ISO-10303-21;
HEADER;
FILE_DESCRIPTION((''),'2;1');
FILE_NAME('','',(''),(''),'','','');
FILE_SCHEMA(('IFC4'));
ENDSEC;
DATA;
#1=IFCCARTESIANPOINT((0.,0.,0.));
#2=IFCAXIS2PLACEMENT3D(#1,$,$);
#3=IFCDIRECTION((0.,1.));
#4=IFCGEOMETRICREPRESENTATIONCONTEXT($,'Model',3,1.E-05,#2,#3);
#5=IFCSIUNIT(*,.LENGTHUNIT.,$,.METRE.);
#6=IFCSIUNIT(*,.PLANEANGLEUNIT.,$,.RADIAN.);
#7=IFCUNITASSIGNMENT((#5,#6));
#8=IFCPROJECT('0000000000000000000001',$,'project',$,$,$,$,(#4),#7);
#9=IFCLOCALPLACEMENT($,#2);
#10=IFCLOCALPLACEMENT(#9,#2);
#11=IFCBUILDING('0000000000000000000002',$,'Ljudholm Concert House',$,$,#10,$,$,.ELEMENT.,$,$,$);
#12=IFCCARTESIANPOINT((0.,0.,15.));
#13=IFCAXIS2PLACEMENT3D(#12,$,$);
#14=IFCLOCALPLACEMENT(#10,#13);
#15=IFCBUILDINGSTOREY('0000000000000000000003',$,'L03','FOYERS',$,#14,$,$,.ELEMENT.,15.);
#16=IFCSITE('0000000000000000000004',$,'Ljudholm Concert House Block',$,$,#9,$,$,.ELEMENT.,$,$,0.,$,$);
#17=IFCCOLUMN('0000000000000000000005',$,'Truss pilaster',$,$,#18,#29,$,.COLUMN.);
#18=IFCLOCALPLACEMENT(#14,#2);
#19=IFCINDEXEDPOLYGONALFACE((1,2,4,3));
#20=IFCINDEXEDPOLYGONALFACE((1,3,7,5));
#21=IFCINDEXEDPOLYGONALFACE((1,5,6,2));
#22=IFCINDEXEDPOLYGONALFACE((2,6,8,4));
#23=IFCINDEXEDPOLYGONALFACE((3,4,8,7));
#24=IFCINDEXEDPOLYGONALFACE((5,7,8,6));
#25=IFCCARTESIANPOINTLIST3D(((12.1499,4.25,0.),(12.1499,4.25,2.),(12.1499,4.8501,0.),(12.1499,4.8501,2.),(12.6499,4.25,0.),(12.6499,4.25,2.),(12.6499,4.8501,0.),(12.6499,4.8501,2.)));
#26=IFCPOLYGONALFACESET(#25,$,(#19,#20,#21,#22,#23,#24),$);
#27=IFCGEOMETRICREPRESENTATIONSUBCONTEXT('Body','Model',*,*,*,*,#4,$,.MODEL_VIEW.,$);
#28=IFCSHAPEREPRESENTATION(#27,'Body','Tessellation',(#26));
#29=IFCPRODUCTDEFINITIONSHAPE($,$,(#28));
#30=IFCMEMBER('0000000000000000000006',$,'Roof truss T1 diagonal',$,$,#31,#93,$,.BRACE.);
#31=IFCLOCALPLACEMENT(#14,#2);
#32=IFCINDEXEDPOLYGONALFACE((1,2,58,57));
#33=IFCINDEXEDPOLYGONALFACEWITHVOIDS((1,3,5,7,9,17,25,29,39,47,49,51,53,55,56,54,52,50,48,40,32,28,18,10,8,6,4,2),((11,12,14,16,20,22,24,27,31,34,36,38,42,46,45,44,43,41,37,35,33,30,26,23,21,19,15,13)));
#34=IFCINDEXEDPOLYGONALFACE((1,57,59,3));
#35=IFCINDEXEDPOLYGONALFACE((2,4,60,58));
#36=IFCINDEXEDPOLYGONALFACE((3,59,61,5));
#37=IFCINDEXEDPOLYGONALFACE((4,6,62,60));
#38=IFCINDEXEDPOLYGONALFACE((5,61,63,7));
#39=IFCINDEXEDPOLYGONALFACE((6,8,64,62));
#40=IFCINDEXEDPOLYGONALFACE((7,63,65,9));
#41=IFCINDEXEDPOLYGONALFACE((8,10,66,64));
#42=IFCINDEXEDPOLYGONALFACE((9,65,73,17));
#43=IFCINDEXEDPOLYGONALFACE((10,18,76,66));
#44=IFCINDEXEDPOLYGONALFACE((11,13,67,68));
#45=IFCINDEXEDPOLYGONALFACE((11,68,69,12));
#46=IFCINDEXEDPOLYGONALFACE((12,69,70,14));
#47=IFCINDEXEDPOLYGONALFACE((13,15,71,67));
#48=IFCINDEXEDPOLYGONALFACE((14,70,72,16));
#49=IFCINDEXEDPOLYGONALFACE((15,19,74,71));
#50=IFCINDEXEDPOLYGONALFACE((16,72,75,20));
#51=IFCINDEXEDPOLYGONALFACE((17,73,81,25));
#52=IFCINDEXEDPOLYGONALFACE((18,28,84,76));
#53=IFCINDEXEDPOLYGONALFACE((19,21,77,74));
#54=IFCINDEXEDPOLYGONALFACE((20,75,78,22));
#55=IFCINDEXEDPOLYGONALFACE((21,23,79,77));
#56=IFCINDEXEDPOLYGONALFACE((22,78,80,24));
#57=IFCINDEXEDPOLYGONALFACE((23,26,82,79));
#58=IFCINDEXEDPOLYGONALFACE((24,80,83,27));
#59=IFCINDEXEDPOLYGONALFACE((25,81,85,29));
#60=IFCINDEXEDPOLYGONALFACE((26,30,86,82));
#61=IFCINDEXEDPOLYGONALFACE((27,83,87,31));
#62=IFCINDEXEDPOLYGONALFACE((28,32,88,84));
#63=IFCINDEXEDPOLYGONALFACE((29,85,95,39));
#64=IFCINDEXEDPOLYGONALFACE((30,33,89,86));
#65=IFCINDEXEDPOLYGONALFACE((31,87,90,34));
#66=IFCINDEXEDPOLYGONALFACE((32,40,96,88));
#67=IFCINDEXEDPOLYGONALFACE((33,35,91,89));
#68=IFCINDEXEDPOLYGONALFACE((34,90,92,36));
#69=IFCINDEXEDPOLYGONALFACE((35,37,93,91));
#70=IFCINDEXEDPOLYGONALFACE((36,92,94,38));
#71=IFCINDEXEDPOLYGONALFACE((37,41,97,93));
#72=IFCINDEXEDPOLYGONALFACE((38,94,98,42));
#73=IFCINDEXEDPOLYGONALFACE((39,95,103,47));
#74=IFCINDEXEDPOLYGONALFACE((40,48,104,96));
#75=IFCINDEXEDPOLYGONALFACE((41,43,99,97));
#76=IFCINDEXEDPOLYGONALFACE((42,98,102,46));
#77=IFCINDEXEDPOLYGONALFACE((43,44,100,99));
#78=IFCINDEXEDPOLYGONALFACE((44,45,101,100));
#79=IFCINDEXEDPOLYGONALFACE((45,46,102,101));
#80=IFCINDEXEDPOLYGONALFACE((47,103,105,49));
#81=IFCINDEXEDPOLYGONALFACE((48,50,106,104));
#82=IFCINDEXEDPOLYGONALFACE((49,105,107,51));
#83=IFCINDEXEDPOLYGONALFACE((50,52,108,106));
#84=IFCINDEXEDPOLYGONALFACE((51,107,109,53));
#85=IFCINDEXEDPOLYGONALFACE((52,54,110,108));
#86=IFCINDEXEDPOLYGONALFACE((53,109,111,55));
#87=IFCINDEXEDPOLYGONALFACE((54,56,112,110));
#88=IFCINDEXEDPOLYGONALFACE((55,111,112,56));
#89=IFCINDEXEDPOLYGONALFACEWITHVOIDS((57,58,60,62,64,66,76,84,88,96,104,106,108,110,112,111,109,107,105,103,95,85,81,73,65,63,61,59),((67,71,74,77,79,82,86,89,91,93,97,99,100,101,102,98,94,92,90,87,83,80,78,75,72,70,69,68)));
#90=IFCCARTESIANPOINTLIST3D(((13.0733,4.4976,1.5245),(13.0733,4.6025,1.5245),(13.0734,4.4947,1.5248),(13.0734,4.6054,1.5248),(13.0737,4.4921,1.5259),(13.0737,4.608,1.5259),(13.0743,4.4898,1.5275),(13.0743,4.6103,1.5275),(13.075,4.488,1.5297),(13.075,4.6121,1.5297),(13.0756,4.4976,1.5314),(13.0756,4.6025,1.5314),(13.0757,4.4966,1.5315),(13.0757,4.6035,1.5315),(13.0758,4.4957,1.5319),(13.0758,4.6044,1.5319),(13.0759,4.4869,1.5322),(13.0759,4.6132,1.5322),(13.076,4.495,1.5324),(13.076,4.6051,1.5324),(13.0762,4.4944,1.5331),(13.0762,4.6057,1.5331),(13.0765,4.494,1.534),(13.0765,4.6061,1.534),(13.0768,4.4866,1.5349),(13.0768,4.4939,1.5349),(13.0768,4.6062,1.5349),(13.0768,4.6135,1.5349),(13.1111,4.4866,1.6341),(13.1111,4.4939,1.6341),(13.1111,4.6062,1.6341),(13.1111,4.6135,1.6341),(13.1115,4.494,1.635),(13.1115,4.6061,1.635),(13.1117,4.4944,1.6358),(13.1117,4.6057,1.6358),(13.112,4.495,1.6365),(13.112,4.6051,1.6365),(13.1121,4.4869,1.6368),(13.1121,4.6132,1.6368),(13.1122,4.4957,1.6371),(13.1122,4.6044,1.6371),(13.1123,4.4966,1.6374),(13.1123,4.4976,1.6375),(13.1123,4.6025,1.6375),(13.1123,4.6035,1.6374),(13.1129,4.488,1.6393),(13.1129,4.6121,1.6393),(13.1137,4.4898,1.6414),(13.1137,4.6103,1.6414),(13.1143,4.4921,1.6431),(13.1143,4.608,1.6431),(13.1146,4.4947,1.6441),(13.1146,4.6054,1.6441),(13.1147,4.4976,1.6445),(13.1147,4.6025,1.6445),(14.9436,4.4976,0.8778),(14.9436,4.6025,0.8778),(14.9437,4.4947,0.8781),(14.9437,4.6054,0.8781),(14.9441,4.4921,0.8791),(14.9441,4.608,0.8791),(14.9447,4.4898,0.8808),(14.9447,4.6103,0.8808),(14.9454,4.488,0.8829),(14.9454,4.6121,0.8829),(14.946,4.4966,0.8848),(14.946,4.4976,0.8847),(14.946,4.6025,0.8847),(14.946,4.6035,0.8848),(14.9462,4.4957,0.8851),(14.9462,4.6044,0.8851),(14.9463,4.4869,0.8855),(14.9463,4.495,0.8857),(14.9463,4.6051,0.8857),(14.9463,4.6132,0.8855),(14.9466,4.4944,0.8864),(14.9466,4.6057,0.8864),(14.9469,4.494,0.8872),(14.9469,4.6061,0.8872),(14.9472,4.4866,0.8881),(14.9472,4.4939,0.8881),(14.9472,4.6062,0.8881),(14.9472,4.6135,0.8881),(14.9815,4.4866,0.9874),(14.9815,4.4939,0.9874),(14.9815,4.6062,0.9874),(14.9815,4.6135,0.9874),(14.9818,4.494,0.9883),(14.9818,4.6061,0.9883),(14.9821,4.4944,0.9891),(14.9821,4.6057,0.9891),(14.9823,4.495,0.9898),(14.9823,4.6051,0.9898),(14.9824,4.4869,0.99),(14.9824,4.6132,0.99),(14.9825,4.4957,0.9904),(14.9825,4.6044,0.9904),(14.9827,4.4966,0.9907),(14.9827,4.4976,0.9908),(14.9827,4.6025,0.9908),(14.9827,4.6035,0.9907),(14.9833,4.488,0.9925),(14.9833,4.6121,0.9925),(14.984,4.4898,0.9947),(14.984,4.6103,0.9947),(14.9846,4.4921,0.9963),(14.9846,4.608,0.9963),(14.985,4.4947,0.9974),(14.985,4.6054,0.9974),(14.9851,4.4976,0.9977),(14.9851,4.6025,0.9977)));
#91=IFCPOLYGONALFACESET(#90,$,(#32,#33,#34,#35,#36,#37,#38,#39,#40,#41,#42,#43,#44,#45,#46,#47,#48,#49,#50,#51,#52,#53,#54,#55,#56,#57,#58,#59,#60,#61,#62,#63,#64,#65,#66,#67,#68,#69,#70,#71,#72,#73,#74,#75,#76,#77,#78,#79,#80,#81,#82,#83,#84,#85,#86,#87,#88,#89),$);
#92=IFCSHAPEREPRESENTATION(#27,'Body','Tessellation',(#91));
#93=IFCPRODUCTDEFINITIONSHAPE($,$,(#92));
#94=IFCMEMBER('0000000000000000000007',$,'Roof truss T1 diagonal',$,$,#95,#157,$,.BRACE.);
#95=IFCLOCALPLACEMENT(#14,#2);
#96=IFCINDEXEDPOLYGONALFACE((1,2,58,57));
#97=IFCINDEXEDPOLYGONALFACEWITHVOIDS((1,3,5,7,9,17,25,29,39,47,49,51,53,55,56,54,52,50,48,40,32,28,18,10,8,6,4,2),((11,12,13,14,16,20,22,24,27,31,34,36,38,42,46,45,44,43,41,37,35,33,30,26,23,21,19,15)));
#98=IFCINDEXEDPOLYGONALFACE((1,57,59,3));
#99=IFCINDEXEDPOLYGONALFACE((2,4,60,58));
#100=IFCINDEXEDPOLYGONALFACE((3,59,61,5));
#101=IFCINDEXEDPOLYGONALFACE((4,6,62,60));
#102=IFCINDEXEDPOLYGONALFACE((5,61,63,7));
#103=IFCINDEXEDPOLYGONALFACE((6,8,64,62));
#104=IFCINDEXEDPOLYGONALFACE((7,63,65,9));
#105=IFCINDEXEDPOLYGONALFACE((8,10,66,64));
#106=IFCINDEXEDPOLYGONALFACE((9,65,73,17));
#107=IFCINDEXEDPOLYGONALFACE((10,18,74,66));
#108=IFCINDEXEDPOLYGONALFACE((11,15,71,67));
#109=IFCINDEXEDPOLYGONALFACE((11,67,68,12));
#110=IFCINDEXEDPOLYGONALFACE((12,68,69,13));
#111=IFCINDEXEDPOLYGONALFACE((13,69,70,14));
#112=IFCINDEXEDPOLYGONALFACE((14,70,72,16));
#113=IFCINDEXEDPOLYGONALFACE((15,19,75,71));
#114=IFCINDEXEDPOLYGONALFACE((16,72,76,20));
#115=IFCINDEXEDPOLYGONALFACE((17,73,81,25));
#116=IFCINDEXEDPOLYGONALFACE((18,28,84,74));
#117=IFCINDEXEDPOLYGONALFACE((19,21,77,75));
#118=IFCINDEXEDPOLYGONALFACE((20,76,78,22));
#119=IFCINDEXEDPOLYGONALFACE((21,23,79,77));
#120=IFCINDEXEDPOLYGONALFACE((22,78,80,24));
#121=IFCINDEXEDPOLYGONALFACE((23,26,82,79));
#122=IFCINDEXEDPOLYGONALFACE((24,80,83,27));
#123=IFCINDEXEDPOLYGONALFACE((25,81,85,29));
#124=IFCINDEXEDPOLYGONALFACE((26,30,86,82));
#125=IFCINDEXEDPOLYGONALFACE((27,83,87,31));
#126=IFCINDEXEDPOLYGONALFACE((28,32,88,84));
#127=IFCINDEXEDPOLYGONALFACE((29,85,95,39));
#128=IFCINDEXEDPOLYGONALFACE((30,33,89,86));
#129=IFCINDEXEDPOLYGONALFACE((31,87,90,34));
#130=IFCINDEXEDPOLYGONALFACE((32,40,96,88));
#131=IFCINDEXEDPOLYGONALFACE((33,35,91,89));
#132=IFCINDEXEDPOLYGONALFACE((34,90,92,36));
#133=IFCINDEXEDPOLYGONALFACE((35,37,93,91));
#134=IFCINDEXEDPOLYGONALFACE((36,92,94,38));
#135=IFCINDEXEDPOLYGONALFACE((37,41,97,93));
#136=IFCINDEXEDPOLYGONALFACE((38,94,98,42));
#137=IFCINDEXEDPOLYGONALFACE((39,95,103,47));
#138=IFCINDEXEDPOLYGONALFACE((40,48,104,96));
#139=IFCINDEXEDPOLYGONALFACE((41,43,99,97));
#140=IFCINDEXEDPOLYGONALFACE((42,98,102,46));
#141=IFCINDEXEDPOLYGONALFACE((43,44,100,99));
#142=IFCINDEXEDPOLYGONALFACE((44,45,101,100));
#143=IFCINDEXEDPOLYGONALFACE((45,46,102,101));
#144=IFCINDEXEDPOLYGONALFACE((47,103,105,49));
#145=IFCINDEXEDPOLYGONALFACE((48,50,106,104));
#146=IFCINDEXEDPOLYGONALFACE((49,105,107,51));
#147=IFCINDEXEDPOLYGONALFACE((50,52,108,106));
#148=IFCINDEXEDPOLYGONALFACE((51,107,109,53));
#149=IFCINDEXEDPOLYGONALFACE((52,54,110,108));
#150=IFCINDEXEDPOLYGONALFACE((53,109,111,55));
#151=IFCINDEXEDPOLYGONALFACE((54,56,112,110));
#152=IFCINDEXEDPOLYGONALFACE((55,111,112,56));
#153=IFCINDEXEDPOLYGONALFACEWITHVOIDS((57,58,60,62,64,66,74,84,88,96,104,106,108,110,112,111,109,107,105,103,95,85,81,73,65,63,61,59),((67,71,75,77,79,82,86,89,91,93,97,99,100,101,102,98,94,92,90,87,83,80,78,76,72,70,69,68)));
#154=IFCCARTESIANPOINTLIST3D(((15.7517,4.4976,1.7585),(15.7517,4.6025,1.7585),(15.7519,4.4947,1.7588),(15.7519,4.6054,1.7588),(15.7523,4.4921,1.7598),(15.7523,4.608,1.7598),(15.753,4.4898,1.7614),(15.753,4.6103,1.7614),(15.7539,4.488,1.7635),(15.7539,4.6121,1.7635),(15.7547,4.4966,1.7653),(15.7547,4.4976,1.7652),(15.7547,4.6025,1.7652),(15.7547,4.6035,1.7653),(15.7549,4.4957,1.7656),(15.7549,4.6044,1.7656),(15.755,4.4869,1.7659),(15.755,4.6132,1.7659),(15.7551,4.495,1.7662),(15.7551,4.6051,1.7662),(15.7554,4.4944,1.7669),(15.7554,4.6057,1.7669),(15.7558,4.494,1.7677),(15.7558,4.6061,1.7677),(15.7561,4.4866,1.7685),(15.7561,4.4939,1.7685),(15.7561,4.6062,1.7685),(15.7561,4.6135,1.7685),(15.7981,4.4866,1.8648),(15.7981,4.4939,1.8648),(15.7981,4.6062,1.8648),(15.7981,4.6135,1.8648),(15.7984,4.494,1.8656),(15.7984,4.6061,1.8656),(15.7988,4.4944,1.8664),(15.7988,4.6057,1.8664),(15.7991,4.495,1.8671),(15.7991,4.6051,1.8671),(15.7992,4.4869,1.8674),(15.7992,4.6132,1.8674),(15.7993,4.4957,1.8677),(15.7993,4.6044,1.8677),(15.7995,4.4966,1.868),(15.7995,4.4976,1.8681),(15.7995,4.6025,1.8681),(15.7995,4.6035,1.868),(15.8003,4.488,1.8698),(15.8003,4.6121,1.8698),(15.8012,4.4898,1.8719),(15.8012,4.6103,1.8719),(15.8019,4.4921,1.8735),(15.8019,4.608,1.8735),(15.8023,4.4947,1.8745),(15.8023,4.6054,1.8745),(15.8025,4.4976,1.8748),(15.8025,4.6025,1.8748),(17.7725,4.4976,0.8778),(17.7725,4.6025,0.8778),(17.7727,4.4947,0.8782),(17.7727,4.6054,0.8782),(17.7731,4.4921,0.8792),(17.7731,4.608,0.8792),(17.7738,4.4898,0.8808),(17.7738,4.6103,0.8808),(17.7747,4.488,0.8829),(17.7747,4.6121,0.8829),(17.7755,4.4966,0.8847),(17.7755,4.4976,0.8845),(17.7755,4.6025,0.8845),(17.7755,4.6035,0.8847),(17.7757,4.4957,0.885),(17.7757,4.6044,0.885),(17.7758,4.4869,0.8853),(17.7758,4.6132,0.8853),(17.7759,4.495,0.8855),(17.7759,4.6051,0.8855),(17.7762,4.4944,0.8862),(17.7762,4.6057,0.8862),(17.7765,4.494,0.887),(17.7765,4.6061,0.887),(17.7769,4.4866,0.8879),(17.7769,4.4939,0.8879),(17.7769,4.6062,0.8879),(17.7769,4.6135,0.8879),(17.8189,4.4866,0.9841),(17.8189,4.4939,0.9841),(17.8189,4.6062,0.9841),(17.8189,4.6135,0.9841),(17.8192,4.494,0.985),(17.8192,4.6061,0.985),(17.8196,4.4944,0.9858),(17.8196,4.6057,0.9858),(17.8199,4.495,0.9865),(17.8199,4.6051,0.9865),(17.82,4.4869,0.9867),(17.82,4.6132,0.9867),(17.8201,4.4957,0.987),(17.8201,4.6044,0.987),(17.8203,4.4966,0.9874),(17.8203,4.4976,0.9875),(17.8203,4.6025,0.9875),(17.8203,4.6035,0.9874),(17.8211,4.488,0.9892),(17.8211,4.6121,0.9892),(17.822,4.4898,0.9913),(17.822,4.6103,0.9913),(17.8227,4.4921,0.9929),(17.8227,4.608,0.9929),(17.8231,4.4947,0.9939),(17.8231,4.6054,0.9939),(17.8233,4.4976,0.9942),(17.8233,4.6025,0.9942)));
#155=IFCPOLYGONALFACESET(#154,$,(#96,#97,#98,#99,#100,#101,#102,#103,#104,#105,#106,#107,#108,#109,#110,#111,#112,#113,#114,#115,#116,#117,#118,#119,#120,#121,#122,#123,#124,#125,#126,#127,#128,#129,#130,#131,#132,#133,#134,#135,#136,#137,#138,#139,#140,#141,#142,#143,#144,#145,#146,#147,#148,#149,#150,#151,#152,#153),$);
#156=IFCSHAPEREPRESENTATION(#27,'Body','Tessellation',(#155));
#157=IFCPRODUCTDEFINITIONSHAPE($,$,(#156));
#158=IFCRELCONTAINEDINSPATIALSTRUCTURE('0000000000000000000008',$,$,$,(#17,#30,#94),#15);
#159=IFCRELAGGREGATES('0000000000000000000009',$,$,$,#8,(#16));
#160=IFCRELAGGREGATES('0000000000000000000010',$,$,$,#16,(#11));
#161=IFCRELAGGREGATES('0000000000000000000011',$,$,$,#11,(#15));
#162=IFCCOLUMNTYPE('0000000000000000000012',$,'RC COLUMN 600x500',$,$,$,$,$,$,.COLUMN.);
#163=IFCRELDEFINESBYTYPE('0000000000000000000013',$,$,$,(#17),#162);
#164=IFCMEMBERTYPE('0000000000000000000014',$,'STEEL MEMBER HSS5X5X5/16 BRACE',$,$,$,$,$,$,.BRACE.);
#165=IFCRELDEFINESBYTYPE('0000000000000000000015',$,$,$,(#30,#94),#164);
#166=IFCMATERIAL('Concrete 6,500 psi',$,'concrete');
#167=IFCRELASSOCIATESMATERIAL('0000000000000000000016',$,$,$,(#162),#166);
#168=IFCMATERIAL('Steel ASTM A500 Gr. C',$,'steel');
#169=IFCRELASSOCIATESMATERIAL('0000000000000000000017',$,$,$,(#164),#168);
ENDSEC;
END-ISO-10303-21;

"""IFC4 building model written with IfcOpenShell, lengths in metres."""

from ifc_helpers import new_model, si_unit, direction, frame, origin, origin_2d, place, context, subcontext, project, spatial, rectangle, hollow_rectangle, extrude, material, material_profile, profile_set, type_object, element, save


model = new_model("IFC4")

# Units and contexts
model_context = context("Model", 3, precision=1e-05, world=origin(), true_north=direction((0.0, 1.0)))
body_context = subcontext(model_context, "Body", "Model", "MODEL_VIEW")
ifc_project = project(units=[si_unit("LENGTHUNIT", "METRE"), si_unit("PLANEANGLEUNIT", "RADIAN")], contexts=[model_context])

# Site, building, storey
site_placement = place(None, origin())
site = spatial("IfcSite", under=ifc_project, at=site_placement, Name="Ljudholm Concert House Block", CompositionType="ELEMENT", RefElevation=0.0)
building_placement = place(site_placement, origin())
building = spatial("IfcBuilding", under=site, at=building_placement, Name="Ljudholm Concert House", CompositionType="ELEMENT")
storey_placement = place(building_placement, frame((0.0, 0.0, 15.0)))
storey = spatial("IfcBuildingStorey", under=building, at=storey_placement, Name="L03", Description="FOYERS", CompositionType="ELEMENT", Elevation=15.0)

# Column
ifc_material_1 = material(Name="Concrete 6,500 psi", Category="concrete")
ifc_material_profile_1 = material_profile(ifc_material_1, rectangle(XDim=0.6001, YDim=0.5, at=origin_2d()), Name="RC COLUMN 600x500")
ifc_profile_set_1 = profile_set([ifc_material_profile_1], Name="Concrete 6,500 psi")
column_type = type_object("IfcColumnType", Name="RC COLUMN 600x500", PredefinedType="COLUMN", material=ifc_profile_set_1)
column_placement = place(storey_placement, frame((12.3999, 4.55, 0.0), z_axis=(0.0, 0.0, 1.0), x_axis=(0.0, 1.0, 0.0)))
element("IfcColumn", 1, at=column_placement, inside=storey, type_object=column_type, Name="Truss pilaster", PredefinedType="COLUMN", context=body_context, shape_type="SweptSolid", body=[
    extrude(rectangle(XDim=0.6001, YDim=0.5, at=origin_2d()), origin(), (0.0, 0.0, 1.0), 2.0),
])

# Members
ifc_material_2 = material(Name="Steel ASTM A500 Gr. C", Category="steel")
ifc_material_profile_2 = material_profile(ifc_material_2, hollow_rectangle(XDim=0.127, YDim=0.127, WallThickness=0.0073, InnerFilletRadius=0.0037, OuterFilletRadius=0.011, at=origin_2d()), Name="HSS5X5X5/16")
ifc_profile_set_2 = profile_set([ifc_material_profile_2], Name="Steel ASTM A500 Gr. C")
member_type_1 = type_object("IfcMemberType", Name="STEEL MEMBER HSS5X5X5/16 BRACE", PredefinedType="BRACE", material=ifc_profile_set_2)
member_1_placement = place(storey_placement, frame((13.094, 4.55, 1.5845), z_axis=(0.945096, 0.0, -0.326793), x_axis=(0.0, 1.0, 0.0)))
element("IfcMember", 2, at=member_1_placement, inside=storey, type_object=member_type_1, Name="Roof truss T1 diagonal", PredefinedType="BRACE", context=body_context, shape_type="SweptSolid", body=[
    extrude(hollow_rectangle(XDim=0.127, YDim=0.127, WallThickness=0.0073, InnerFilletRadius=0.0037, OuterFilletRadius=0.011, at=origin_2d()), origin(), (0.0, 0.0, 1.0), 1.979),
])
member_2_placement = place(storey_placement, frame((15.7771, 4.55, 1.8167), z_axis=(0.916733, 0.0, -0.3995), x_axis=(0.0, 1.0, 0.0)))
element("IfcMember", 3, at=member_2_placement, inside=storey, type_object=member_type_1, Name="Roof truss T1 diagonal", PredefinedType="BRACE", context=body_context, shape_type="SweptSolid", body=[
    extrude(hollow_rectangle(XDim=0.127, YDim=0.127, WallThickness=0.0073, InnerFilletRadius=0.0037, OuterFilletRadius=0.011, at=origin_2d()), origin(), (0.0, 0.0, 1.0), 2.2043),
])

save(model, "model.ifc")
